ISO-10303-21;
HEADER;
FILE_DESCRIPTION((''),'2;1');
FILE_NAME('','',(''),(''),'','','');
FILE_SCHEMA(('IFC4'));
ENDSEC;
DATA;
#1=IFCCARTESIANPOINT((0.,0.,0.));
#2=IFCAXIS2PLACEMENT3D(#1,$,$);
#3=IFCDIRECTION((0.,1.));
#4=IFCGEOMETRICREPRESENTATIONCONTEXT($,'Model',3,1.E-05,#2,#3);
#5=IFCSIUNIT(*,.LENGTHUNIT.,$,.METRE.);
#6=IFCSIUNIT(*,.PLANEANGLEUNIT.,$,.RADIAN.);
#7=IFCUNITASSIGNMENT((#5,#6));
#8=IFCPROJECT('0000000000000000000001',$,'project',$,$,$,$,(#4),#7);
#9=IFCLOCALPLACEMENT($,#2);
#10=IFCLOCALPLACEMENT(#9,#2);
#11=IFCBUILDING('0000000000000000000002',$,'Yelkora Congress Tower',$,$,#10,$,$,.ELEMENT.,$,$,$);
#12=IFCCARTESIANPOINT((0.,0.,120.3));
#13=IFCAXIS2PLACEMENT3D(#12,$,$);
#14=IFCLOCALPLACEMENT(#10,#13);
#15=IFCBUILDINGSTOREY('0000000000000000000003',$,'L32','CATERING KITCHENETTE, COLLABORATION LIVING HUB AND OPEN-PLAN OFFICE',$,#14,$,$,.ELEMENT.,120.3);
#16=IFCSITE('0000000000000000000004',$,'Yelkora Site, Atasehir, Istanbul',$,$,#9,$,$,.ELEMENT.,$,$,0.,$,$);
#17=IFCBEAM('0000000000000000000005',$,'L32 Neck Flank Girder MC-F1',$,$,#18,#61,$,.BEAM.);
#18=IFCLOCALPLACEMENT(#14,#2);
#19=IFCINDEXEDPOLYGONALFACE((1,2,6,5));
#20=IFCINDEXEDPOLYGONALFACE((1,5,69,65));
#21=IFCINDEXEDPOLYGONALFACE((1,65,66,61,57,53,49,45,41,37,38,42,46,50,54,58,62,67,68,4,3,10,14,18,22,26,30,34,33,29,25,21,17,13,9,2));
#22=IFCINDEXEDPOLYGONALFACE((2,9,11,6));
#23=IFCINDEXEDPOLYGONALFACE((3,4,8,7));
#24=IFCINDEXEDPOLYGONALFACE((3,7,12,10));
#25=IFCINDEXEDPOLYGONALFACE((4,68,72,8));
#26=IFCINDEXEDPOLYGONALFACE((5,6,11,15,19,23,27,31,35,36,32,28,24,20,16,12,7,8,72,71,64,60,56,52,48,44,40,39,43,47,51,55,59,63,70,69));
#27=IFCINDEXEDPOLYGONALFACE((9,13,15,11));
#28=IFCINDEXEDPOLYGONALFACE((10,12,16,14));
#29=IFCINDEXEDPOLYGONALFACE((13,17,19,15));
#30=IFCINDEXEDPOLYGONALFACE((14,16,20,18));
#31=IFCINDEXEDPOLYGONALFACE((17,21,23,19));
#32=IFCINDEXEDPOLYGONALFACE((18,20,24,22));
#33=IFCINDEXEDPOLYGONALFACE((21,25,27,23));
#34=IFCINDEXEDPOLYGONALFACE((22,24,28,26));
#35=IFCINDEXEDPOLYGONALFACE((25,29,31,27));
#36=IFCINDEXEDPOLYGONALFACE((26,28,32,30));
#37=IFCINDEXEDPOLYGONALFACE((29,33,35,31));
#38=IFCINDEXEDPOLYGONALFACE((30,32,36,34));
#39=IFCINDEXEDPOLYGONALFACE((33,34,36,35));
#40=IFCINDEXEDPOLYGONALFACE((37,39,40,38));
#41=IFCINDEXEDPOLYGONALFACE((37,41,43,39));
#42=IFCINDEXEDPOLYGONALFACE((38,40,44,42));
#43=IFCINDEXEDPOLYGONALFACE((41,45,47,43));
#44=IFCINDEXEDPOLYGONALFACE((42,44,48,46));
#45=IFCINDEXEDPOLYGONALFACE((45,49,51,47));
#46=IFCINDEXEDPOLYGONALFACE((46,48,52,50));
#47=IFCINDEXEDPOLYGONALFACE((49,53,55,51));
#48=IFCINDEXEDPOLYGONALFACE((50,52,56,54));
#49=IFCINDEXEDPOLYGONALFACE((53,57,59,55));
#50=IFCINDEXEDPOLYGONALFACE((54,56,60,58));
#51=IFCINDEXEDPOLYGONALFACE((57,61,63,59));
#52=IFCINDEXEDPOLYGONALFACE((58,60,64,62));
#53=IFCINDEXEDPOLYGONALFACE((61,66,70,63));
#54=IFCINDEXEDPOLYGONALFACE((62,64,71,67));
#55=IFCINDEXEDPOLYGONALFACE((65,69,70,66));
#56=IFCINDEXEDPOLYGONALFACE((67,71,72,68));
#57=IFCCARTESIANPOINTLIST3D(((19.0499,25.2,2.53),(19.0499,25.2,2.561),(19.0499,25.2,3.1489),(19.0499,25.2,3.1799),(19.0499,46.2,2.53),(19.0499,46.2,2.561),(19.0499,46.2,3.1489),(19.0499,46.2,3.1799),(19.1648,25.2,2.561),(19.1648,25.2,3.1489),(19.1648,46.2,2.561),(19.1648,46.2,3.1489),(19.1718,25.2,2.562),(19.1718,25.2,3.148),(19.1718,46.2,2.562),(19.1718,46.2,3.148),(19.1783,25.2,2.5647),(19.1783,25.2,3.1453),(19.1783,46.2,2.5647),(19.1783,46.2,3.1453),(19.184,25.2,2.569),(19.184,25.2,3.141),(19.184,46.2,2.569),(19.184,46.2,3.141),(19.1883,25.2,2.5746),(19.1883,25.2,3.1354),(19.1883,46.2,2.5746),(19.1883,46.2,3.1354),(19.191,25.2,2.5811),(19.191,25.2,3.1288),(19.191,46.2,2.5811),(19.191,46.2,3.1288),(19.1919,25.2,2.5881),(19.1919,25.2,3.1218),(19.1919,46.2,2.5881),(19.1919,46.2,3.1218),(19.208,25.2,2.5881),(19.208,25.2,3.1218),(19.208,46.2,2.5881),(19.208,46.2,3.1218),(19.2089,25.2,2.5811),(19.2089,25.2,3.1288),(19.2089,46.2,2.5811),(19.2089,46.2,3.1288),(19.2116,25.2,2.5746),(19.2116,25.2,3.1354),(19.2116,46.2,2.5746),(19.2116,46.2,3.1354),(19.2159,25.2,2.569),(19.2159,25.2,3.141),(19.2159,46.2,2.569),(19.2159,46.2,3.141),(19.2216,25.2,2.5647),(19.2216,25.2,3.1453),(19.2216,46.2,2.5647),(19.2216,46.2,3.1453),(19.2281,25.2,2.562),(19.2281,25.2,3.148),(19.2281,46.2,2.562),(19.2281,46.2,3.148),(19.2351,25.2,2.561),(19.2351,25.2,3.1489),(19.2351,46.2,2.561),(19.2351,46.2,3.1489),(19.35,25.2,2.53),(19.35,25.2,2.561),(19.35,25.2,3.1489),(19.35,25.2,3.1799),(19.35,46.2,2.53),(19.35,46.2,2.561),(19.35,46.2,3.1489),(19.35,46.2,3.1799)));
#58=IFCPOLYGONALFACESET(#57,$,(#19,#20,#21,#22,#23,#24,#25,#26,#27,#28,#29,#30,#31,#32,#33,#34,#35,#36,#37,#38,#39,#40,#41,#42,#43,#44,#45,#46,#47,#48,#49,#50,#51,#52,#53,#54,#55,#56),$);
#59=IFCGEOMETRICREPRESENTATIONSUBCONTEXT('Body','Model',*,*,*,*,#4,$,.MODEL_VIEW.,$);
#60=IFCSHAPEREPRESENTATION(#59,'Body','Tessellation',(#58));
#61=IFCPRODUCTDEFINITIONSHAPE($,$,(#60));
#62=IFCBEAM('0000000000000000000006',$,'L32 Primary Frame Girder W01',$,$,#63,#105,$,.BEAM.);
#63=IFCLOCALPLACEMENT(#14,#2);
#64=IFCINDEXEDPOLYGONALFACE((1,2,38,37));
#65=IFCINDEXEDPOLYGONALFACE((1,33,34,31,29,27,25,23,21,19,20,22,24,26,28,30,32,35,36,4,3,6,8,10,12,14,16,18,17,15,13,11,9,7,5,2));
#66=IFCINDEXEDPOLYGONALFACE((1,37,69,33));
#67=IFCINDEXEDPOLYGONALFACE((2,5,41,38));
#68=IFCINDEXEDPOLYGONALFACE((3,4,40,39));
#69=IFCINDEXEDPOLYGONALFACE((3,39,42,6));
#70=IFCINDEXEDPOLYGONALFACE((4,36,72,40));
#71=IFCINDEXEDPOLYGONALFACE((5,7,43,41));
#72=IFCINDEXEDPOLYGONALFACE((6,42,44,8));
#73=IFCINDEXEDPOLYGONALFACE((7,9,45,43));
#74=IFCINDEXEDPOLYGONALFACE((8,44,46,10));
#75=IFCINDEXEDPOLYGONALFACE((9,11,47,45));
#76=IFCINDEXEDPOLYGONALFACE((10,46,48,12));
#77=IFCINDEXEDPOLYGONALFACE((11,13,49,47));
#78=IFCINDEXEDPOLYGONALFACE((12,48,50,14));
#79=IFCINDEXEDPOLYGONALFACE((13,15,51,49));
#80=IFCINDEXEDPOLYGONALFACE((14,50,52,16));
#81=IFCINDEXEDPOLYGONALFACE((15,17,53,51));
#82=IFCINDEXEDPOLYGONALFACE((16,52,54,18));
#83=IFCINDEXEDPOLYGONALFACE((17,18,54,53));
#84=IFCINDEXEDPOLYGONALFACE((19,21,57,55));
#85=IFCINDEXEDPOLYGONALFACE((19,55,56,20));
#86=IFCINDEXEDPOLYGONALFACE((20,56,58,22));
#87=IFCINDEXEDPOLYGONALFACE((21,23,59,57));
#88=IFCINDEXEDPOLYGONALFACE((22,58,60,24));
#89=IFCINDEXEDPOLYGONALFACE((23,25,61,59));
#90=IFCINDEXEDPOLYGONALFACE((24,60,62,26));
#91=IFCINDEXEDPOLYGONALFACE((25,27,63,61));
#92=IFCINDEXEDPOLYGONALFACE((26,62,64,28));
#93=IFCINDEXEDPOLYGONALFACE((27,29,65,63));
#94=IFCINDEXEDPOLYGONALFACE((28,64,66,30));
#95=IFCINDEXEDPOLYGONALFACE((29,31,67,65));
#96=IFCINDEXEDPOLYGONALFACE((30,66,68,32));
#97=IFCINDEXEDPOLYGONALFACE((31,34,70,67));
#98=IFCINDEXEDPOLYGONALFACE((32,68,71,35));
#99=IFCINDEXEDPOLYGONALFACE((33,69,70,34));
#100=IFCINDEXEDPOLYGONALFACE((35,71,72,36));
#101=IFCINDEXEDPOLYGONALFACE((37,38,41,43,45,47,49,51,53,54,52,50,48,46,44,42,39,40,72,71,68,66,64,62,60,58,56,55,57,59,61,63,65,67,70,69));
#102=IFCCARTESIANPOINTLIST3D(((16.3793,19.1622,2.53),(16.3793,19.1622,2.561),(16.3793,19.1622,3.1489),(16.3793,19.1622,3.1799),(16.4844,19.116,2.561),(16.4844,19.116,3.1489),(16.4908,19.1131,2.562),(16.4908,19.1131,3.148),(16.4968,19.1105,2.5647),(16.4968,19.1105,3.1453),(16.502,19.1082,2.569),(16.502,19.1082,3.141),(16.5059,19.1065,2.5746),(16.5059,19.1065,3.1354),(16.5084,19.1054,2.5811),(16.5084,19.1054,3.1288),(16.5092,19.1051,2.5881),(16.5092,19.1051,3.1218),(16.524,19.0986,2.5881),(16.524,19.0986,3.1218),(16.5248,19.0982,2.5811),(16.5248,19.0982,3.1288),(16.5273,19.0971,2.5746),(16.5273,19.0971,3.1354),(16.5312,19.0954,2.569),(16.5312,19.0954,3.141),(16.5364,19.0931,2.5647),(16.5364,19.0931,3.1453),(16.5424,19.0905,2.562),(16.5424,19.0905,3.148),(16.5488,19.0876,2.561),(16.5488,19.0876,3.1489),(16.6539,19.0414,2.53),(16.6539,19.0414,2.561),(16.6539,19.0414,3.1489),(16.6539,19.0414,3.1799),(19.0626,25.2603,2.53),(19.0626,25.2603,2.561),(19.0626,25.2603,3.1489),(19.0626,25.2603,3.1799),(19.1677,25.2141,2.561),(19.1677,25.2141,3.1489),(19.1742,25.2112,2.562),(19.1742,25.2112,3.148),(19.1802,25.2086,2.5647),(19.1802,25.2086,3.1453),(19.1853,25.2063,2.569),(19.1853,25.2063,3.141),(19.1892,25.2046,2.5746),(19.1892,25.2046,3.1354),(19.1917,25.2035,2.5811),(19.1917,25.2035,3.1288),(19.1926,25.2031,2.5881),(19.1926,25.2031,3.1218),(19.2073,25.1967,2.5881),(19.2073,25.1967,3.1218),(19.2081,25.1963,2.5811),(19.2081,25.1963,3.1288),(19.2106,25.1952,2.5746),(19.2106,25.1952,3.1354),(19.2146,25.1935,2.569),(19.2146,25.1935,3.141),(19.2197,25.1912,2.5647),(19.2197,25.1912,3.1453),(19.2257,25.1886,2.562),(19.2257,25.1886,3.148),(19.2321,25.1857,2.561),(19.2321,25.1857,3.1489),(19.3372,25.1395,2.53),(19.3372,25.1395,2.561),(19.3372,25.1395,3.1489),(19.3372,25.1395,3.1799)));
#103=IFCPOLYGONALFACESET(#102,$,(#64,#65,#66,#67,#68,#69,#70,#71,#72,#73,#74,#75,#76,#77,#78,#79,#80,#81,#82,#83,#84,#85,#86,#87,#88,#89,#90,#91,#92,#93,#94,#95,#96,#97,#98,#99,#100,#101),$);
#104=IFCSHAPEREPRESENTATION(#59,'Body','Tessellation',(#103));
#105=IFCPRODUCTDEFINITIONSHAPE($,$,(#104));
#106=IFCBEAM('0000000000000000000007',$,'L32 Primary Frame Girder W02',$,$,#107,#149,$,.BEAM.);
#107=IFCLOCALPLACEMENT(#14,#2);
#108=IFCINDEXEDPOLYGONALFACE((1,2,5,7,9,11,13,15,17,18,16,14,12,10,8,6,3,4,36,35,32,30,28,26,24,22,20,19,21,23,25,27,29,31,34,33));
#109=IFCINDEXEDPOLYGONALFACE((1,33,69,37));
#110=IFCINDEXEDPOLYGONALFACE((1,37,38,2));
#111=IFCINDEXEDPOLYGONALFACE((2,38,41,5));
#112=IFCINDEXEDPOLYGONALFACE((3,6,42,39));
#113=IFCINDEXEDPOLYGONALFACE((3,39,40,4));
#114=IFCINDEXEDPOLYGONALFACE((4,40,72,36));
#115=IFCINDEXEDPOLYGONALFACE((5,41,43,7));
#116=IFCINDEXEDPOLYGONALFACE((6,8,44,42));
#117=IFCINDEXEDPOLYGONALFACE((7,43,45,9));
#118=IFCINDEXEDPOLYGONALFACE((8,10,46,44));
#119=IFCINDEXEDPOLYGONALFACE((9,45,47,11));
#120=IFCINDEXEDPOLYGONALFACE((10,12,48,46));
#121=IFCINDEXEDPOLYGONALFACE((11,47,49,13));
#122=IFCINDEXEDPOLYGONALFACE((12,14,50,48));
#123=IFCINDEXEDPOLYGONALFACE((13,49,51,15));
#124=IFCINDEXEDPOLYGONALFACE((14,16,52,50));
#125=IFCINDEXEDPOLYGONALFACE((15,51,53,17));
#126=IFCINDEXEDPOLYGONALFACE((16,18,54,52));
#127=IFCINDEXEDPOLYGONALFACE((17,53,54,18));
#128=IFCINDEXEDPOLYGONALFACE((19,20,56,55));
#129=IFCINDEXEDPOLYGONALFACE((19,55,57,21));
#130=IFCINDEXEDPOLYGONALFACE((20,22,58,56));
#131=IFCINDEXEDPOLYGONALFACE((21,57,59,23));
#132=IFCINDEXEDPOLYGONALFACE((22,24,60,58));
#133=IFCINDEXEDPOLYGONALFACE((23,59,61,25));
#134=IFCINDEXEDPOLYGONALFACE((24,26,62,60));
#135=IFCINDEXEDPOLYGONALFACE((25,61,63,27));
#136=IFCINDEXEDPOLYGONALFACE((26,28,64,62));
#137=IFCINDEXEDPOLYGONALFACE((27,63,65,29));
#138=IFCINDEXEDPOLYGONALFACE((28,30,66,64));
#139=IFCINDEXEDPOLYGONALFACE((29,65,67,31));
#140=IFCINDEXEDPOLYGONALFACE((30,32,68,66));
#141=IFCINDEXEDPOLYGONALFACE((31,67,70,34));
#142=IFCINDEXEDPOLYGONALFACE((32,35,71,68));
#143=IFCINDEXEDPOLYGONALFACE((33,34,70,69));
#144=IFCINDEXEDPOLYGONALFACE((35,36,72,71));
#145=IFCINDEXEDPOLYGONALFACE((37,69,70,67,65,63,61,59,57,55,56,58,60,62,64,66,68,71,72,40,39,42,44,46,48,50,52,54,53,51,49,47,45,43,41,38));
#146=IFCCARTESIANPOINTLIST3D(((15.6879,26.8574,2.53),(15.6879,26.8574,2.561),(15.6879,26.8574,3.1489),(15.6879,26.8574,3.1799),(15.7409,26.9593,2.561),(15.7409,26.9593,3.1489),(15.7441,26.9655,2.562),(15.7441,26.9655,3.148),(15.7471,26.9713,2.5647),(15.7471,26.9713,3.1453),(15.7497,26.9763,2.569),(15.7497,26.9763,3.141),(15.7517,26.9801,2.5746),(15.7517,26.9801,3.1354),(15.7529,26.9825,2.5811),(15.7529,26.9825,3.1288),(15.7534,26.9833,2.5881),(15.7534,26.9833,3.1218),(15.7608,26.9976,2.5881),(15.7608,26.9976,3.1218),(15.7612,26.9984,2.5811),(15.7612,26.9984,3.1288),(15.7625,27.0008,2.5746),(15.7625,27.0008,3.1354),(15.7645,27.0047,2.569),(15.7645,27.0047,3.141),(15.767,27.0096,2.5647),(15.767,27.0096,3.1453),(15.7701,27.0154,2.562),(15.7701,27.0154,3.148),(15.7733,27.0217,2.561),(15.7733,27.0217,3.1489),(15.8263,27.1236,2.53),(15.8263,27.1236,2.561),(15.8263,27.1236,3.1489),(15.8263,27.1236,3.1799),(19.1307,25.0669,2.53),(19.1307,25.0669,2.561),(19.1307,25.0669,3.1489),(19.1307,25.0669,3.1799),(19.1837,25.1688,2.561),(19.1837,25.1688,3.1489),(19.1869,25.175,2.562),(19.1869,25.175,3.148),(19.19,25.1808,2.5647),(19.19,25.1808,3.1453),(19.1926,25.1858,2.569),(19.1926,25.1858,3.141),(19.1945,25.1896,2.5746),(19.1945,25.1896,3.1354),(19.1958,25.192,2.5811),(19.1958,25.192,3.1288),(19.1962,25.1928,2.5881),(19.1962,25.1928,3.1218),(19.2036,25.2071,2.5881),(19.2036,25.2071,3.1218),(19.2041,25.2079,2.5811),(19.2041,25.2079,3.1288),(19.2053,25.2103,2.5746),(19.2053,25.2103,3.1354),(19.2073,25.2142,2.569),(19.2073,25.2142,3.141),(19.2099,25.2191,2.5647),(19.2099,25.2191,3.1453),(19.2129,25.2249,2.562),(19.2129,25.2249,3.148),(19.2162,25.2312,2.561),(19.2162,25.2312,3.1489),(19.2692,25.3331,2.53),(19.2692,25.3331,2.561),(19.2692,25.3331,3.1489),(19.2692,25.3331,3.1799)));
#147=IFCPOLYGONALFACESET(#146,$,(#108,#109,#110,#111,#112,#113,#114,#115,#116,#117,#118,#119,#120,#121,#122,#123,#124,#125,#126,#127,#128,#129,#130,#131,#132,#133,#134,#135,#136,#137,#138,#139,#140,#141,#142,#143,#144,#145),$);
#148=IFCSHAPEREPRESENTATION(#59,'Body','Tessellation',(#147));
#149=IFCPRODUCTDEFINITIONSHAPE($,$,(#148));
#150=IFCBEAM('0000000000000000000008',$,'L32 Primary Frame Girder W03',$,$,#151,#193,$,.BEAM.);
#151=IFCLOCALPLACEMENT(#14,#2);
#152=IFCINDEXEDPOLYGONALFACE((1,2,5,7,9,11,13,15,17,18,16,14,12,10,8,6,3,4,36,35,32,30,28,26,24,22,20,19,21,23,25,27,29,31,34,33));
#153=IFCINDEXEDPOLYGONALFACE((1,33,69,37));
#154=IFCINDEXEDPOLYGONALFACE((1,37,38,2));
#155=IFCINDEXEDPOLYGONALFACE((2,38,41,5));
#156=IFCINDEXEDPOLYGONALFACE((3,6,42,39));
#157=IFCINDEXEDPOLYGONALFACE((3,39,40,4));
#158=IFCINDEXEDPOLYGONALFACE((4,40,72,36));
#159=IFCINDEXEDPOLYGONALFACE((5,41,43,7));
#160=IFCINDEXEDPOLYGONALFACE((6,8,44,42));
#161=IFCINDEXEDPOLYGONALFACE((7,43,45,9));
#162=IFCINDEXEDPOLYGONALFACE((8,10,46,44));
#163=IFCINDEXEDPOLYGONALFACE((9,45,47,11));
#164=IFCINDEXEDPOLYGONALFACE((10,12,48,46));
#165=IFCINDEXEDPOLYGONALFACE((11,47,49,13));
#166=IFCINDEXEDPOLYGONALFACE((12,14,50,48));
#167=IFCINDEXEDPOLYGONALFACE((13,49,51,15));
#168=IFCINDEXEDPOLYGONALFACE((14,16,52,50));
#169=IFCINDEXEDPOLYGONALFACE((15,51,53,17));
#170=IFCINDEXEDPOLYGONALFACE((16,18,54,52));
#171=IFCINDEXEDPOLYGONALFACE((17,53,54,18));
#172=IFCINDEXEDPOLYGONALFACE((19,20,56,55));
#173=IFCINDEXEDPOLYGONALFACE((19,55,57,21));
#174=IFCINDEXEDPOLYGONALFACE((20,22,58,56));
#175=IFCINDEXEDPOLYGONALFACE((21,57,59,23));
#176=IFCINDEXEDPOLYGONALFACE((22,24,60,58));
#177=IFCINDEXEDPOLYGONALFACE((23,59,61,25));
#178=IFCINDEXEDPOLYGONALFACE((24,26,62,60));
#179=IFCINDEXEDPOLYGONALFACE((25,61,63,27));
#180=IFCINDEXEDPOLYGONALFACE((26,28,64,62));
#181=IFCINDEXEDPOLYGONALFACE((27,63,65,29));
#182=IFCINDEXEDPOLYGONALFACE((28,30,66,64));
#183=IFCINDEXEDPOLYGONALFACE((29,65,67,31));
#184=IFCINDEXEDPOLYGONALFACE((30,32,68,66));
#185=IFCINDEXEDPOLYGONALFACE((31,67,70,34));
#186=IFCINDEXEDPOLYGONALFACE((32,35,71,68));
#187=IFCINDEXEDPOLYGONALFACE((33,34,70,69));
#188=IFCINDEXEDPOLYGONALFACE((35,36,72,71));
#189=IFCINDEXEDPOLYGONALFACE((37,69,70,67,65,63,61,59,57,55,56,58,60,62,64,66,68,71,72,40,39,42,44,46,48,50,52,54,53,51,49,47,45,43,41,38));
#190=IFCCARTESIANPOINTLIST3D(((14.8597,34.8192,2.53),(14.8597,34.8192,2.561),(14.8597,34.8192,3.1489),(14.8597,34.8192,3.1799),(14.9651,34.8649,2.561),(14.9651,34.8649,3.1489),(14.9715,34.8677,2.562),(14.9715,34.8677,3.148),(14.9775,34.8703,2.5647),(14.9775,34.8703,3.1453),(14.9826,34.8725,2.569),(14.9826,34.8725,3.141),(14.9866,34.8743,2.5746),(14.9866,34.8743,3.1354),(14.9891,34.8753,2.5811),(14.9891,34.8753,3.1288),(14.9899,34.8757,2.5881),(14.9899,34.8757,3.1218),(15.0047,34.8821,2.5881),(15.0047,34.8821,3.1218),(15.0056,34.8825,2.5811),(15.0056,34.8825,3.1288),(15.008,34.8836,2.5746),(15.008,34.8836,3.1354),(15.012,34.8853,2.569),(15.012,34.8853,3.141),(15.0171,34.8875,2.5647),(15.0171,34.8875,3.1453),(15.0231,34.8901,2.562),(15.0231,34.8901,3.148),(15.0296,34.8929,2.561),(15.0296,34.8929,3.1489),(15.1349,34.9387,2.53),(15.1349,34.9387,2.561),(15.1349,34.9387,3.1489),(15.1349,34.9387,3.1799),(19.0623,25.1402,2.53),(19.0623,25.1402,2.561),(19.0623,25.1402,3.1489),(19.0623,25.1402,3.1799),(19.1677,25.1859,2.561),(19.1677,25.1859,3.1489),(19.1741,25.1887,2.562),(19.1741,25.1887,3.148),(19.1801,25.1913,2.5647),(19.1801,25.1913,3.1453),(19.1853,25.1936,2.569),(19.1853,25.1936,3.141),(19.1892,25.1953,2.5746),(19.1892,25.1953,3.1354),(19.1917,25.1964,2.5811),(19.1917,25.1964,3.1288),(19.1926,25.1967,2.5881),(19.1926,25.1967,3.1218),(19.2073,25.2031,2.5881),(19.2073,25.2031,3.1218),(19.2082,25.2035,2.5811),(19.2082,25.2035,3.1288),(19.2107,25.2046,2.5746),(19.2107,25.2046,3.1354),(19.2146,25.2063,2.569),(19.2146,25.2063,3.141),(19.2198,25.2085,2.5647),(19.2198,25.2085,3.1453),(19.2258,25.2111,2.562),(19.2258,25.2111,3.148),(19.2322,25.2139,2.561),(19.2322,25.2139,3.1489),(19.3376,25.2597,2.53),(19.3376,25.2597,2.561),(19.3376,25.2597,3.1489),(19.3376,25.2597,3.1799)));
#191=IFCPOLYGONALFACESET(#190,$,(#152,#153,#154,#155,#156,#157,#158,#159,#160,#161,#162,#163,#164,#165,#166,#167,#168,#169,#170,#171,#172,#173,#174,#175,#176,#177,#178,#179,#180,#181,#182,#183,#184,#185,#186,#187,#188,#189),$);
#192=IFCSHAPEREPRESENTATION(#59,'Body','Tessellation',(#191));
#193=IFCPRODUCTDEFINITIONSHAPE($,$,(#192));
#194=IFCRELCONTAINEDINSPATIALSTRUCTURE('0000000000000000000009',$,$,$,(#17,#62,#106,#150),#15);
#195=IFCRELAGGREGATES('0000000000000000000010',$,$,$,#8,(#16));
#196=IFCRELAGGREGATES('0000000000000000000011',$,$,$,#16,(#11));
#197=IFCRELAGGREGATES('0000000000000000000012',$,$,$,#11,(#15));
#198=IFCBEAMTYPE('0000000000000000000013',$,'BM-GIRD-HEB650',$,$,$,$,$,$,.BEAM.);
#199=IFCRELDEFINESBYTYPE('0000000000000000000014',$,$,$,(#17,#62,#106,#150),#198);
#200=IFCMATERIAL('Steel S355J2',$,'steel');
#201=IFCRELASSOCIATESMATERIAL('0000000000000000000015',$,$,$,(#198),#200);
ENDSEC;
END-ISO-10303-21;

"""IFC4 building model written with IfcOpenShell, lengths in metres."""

from ifc_helpers import new_model, si_unit, direction, frame, origin, origin_2d, place, context, subcontext, project, spatial, i_section, extrude, material, material_profile, profile_set, type_object, element, save


model = new_model("IFC4")

# Units and contexts
model_context = context("Model", 3, precision=1e-05, world=origin(), true_north=direction((0.0, 1.0)))
body_context = subcontext(model_context, "Body", "Model", "MODEL_VIEW")
ifc_project = project(units=[si_unit("LENGTHUNIT", "METRE"), si_unit("PLANEANGLEUNIT", "RADIAN")], contexts=[model_context])

# Site, building, storey
site_placement = place(None, origin())
site = spatial("IfcSite", under=ifc_project, at=site_placement, Name="Yelkora Site, Atasehir, Istanbul", CompositionType="ELEMENT", RefElevation=0.0)
building_placement = place(site_placement, origin())
building = spatial("IfcBuilding", under=site, at=building_placement, Name="Yelkora Congress Tower", CompositionType="ELEMENT")
storey_placement = place(building_placement, frame((0.0, 0.0, 120.3)))
storey = spatial("IfcBuildingStorey", under=building, at=storey_placement, Name="L32", Description="CATERING KITCHENETTE, COLLABORATION LIVING HUB AND OPEN-PLAN OFFICE", CompositionType="ELEMENT", Elevation=120.3)

# Beams
ifc_material_1 = material(Name="Steel S355J2", Category="steel")
ifc_material_profile_1 = material_profile(ifc_material_1, i_section(OverallWidth=0.3, OverallDepth=0.6499, WebThickness=0.0161, FlangeThickness=0.031, FilletRadius=0.0271, at=origin_2d()), Name="HEB 650")
ifc_profile_set_1 = profile_set([ifc_material_profile_1], Name="Steel S355J2")
beam_type_1 = type_object("IfcBeamType", Name="BM-GIRD-HEB650", PredefinedType="BEAM", material=ifc_profile_set_1)
beam_1_placement = place(storey_placement, frame((19.2, 25.2, 2.855), z_axis=(0.0, 1.0, 0.0), x_axis=(-1.0, 0.0, 0.0)))
element("IfcBeam", 1, at=beam_1_placement, inside=storey, type_object=beam_type_1, Name="L32 Neck Flank Girder MC-F1", PredefinedType="BEAM", context=body_context, shape_type="SweptSolid", body=[
    extrude(i_section(OverallWidth=0.3, OverallDepth=0.6499, WebThickness=0.0161, FlangeThickness=0.031, FilletRadius=0.0271, at=origin_2d()), origin(), (0.0, 0.0, 1.0), 21.0),
])
beam_2_placement = place(storey_placement, frame((16.5166, 19.1018, 2.855), z_axis=(0.402759, 0.915306, 0.0), x_axis=(-0.915306, 0.402759, 0.0)))
element("IfcBeam", 2, at=beam_2_placement, inside=storey, type_object=beam_type_1, Name="L32 Primary Frame Girder W01", PredefinedType="BEAM", context=body_context, shape_type="SweptSolid", body=[
    extrude(i_section(OverallWidth=0.3, OverallDepth=0.6499, WebThickness=0.0161, FlangeThickness=0.031, FilletRadius=0.0271, at=origin_2d()), origin(), (0.0, 0.0, 1.0), 6.6624),
])
beam_3_placement = place(storey_placement, frame((15.7571, 26.9905, 2.855), z_axis=(0.887192, -0.4614, 0.0), x_axis=(0.4614, 0.887192, 0.0)))
element("IfcBeam", 3, at=beam_3_placement, inside=storey, type_object=beam_type_1, Name="L32 Primary Frame Girder W02", PredefinedType="BEAM", context=body_context, shape_type="SweptSolid", body=[
    extrude(i_section(OverallWidth=0.3, OverallDepth=0.6499, WebThickness=0.0161, FlangeThickness=0.031, FilletRadius=0.0271, at=origin_2d()), origin(), (0.0, 0.0, 1.0), 3.8806),
])
beam_4_placement = place(storey_placement, frame((14.9973, 34.8789, 2.855), z_axis=(0.398279, -0.917264, 0.0), x_axis=(0.917264, 0.398279, 0.0)))
element("IfcBeam", 4, at=beam_4_placement, inside=storey, type_object=beam_type_1, Name="L32 Primary Frame Girder W03", PredefinedType="BEAM", context=body_context, shape_type="SweptSolid", body=[
    extrude(i_section(OverallWidth=0.3, OverallDepth=0.6499, WebThickness=0.0161, FlangeThickness=0.031, FilletRadius=0.0271, at=origin_2d()), origin(), (0.0, 0.0, 1.0), 10.552),
])

save(model, "model.ifc")
